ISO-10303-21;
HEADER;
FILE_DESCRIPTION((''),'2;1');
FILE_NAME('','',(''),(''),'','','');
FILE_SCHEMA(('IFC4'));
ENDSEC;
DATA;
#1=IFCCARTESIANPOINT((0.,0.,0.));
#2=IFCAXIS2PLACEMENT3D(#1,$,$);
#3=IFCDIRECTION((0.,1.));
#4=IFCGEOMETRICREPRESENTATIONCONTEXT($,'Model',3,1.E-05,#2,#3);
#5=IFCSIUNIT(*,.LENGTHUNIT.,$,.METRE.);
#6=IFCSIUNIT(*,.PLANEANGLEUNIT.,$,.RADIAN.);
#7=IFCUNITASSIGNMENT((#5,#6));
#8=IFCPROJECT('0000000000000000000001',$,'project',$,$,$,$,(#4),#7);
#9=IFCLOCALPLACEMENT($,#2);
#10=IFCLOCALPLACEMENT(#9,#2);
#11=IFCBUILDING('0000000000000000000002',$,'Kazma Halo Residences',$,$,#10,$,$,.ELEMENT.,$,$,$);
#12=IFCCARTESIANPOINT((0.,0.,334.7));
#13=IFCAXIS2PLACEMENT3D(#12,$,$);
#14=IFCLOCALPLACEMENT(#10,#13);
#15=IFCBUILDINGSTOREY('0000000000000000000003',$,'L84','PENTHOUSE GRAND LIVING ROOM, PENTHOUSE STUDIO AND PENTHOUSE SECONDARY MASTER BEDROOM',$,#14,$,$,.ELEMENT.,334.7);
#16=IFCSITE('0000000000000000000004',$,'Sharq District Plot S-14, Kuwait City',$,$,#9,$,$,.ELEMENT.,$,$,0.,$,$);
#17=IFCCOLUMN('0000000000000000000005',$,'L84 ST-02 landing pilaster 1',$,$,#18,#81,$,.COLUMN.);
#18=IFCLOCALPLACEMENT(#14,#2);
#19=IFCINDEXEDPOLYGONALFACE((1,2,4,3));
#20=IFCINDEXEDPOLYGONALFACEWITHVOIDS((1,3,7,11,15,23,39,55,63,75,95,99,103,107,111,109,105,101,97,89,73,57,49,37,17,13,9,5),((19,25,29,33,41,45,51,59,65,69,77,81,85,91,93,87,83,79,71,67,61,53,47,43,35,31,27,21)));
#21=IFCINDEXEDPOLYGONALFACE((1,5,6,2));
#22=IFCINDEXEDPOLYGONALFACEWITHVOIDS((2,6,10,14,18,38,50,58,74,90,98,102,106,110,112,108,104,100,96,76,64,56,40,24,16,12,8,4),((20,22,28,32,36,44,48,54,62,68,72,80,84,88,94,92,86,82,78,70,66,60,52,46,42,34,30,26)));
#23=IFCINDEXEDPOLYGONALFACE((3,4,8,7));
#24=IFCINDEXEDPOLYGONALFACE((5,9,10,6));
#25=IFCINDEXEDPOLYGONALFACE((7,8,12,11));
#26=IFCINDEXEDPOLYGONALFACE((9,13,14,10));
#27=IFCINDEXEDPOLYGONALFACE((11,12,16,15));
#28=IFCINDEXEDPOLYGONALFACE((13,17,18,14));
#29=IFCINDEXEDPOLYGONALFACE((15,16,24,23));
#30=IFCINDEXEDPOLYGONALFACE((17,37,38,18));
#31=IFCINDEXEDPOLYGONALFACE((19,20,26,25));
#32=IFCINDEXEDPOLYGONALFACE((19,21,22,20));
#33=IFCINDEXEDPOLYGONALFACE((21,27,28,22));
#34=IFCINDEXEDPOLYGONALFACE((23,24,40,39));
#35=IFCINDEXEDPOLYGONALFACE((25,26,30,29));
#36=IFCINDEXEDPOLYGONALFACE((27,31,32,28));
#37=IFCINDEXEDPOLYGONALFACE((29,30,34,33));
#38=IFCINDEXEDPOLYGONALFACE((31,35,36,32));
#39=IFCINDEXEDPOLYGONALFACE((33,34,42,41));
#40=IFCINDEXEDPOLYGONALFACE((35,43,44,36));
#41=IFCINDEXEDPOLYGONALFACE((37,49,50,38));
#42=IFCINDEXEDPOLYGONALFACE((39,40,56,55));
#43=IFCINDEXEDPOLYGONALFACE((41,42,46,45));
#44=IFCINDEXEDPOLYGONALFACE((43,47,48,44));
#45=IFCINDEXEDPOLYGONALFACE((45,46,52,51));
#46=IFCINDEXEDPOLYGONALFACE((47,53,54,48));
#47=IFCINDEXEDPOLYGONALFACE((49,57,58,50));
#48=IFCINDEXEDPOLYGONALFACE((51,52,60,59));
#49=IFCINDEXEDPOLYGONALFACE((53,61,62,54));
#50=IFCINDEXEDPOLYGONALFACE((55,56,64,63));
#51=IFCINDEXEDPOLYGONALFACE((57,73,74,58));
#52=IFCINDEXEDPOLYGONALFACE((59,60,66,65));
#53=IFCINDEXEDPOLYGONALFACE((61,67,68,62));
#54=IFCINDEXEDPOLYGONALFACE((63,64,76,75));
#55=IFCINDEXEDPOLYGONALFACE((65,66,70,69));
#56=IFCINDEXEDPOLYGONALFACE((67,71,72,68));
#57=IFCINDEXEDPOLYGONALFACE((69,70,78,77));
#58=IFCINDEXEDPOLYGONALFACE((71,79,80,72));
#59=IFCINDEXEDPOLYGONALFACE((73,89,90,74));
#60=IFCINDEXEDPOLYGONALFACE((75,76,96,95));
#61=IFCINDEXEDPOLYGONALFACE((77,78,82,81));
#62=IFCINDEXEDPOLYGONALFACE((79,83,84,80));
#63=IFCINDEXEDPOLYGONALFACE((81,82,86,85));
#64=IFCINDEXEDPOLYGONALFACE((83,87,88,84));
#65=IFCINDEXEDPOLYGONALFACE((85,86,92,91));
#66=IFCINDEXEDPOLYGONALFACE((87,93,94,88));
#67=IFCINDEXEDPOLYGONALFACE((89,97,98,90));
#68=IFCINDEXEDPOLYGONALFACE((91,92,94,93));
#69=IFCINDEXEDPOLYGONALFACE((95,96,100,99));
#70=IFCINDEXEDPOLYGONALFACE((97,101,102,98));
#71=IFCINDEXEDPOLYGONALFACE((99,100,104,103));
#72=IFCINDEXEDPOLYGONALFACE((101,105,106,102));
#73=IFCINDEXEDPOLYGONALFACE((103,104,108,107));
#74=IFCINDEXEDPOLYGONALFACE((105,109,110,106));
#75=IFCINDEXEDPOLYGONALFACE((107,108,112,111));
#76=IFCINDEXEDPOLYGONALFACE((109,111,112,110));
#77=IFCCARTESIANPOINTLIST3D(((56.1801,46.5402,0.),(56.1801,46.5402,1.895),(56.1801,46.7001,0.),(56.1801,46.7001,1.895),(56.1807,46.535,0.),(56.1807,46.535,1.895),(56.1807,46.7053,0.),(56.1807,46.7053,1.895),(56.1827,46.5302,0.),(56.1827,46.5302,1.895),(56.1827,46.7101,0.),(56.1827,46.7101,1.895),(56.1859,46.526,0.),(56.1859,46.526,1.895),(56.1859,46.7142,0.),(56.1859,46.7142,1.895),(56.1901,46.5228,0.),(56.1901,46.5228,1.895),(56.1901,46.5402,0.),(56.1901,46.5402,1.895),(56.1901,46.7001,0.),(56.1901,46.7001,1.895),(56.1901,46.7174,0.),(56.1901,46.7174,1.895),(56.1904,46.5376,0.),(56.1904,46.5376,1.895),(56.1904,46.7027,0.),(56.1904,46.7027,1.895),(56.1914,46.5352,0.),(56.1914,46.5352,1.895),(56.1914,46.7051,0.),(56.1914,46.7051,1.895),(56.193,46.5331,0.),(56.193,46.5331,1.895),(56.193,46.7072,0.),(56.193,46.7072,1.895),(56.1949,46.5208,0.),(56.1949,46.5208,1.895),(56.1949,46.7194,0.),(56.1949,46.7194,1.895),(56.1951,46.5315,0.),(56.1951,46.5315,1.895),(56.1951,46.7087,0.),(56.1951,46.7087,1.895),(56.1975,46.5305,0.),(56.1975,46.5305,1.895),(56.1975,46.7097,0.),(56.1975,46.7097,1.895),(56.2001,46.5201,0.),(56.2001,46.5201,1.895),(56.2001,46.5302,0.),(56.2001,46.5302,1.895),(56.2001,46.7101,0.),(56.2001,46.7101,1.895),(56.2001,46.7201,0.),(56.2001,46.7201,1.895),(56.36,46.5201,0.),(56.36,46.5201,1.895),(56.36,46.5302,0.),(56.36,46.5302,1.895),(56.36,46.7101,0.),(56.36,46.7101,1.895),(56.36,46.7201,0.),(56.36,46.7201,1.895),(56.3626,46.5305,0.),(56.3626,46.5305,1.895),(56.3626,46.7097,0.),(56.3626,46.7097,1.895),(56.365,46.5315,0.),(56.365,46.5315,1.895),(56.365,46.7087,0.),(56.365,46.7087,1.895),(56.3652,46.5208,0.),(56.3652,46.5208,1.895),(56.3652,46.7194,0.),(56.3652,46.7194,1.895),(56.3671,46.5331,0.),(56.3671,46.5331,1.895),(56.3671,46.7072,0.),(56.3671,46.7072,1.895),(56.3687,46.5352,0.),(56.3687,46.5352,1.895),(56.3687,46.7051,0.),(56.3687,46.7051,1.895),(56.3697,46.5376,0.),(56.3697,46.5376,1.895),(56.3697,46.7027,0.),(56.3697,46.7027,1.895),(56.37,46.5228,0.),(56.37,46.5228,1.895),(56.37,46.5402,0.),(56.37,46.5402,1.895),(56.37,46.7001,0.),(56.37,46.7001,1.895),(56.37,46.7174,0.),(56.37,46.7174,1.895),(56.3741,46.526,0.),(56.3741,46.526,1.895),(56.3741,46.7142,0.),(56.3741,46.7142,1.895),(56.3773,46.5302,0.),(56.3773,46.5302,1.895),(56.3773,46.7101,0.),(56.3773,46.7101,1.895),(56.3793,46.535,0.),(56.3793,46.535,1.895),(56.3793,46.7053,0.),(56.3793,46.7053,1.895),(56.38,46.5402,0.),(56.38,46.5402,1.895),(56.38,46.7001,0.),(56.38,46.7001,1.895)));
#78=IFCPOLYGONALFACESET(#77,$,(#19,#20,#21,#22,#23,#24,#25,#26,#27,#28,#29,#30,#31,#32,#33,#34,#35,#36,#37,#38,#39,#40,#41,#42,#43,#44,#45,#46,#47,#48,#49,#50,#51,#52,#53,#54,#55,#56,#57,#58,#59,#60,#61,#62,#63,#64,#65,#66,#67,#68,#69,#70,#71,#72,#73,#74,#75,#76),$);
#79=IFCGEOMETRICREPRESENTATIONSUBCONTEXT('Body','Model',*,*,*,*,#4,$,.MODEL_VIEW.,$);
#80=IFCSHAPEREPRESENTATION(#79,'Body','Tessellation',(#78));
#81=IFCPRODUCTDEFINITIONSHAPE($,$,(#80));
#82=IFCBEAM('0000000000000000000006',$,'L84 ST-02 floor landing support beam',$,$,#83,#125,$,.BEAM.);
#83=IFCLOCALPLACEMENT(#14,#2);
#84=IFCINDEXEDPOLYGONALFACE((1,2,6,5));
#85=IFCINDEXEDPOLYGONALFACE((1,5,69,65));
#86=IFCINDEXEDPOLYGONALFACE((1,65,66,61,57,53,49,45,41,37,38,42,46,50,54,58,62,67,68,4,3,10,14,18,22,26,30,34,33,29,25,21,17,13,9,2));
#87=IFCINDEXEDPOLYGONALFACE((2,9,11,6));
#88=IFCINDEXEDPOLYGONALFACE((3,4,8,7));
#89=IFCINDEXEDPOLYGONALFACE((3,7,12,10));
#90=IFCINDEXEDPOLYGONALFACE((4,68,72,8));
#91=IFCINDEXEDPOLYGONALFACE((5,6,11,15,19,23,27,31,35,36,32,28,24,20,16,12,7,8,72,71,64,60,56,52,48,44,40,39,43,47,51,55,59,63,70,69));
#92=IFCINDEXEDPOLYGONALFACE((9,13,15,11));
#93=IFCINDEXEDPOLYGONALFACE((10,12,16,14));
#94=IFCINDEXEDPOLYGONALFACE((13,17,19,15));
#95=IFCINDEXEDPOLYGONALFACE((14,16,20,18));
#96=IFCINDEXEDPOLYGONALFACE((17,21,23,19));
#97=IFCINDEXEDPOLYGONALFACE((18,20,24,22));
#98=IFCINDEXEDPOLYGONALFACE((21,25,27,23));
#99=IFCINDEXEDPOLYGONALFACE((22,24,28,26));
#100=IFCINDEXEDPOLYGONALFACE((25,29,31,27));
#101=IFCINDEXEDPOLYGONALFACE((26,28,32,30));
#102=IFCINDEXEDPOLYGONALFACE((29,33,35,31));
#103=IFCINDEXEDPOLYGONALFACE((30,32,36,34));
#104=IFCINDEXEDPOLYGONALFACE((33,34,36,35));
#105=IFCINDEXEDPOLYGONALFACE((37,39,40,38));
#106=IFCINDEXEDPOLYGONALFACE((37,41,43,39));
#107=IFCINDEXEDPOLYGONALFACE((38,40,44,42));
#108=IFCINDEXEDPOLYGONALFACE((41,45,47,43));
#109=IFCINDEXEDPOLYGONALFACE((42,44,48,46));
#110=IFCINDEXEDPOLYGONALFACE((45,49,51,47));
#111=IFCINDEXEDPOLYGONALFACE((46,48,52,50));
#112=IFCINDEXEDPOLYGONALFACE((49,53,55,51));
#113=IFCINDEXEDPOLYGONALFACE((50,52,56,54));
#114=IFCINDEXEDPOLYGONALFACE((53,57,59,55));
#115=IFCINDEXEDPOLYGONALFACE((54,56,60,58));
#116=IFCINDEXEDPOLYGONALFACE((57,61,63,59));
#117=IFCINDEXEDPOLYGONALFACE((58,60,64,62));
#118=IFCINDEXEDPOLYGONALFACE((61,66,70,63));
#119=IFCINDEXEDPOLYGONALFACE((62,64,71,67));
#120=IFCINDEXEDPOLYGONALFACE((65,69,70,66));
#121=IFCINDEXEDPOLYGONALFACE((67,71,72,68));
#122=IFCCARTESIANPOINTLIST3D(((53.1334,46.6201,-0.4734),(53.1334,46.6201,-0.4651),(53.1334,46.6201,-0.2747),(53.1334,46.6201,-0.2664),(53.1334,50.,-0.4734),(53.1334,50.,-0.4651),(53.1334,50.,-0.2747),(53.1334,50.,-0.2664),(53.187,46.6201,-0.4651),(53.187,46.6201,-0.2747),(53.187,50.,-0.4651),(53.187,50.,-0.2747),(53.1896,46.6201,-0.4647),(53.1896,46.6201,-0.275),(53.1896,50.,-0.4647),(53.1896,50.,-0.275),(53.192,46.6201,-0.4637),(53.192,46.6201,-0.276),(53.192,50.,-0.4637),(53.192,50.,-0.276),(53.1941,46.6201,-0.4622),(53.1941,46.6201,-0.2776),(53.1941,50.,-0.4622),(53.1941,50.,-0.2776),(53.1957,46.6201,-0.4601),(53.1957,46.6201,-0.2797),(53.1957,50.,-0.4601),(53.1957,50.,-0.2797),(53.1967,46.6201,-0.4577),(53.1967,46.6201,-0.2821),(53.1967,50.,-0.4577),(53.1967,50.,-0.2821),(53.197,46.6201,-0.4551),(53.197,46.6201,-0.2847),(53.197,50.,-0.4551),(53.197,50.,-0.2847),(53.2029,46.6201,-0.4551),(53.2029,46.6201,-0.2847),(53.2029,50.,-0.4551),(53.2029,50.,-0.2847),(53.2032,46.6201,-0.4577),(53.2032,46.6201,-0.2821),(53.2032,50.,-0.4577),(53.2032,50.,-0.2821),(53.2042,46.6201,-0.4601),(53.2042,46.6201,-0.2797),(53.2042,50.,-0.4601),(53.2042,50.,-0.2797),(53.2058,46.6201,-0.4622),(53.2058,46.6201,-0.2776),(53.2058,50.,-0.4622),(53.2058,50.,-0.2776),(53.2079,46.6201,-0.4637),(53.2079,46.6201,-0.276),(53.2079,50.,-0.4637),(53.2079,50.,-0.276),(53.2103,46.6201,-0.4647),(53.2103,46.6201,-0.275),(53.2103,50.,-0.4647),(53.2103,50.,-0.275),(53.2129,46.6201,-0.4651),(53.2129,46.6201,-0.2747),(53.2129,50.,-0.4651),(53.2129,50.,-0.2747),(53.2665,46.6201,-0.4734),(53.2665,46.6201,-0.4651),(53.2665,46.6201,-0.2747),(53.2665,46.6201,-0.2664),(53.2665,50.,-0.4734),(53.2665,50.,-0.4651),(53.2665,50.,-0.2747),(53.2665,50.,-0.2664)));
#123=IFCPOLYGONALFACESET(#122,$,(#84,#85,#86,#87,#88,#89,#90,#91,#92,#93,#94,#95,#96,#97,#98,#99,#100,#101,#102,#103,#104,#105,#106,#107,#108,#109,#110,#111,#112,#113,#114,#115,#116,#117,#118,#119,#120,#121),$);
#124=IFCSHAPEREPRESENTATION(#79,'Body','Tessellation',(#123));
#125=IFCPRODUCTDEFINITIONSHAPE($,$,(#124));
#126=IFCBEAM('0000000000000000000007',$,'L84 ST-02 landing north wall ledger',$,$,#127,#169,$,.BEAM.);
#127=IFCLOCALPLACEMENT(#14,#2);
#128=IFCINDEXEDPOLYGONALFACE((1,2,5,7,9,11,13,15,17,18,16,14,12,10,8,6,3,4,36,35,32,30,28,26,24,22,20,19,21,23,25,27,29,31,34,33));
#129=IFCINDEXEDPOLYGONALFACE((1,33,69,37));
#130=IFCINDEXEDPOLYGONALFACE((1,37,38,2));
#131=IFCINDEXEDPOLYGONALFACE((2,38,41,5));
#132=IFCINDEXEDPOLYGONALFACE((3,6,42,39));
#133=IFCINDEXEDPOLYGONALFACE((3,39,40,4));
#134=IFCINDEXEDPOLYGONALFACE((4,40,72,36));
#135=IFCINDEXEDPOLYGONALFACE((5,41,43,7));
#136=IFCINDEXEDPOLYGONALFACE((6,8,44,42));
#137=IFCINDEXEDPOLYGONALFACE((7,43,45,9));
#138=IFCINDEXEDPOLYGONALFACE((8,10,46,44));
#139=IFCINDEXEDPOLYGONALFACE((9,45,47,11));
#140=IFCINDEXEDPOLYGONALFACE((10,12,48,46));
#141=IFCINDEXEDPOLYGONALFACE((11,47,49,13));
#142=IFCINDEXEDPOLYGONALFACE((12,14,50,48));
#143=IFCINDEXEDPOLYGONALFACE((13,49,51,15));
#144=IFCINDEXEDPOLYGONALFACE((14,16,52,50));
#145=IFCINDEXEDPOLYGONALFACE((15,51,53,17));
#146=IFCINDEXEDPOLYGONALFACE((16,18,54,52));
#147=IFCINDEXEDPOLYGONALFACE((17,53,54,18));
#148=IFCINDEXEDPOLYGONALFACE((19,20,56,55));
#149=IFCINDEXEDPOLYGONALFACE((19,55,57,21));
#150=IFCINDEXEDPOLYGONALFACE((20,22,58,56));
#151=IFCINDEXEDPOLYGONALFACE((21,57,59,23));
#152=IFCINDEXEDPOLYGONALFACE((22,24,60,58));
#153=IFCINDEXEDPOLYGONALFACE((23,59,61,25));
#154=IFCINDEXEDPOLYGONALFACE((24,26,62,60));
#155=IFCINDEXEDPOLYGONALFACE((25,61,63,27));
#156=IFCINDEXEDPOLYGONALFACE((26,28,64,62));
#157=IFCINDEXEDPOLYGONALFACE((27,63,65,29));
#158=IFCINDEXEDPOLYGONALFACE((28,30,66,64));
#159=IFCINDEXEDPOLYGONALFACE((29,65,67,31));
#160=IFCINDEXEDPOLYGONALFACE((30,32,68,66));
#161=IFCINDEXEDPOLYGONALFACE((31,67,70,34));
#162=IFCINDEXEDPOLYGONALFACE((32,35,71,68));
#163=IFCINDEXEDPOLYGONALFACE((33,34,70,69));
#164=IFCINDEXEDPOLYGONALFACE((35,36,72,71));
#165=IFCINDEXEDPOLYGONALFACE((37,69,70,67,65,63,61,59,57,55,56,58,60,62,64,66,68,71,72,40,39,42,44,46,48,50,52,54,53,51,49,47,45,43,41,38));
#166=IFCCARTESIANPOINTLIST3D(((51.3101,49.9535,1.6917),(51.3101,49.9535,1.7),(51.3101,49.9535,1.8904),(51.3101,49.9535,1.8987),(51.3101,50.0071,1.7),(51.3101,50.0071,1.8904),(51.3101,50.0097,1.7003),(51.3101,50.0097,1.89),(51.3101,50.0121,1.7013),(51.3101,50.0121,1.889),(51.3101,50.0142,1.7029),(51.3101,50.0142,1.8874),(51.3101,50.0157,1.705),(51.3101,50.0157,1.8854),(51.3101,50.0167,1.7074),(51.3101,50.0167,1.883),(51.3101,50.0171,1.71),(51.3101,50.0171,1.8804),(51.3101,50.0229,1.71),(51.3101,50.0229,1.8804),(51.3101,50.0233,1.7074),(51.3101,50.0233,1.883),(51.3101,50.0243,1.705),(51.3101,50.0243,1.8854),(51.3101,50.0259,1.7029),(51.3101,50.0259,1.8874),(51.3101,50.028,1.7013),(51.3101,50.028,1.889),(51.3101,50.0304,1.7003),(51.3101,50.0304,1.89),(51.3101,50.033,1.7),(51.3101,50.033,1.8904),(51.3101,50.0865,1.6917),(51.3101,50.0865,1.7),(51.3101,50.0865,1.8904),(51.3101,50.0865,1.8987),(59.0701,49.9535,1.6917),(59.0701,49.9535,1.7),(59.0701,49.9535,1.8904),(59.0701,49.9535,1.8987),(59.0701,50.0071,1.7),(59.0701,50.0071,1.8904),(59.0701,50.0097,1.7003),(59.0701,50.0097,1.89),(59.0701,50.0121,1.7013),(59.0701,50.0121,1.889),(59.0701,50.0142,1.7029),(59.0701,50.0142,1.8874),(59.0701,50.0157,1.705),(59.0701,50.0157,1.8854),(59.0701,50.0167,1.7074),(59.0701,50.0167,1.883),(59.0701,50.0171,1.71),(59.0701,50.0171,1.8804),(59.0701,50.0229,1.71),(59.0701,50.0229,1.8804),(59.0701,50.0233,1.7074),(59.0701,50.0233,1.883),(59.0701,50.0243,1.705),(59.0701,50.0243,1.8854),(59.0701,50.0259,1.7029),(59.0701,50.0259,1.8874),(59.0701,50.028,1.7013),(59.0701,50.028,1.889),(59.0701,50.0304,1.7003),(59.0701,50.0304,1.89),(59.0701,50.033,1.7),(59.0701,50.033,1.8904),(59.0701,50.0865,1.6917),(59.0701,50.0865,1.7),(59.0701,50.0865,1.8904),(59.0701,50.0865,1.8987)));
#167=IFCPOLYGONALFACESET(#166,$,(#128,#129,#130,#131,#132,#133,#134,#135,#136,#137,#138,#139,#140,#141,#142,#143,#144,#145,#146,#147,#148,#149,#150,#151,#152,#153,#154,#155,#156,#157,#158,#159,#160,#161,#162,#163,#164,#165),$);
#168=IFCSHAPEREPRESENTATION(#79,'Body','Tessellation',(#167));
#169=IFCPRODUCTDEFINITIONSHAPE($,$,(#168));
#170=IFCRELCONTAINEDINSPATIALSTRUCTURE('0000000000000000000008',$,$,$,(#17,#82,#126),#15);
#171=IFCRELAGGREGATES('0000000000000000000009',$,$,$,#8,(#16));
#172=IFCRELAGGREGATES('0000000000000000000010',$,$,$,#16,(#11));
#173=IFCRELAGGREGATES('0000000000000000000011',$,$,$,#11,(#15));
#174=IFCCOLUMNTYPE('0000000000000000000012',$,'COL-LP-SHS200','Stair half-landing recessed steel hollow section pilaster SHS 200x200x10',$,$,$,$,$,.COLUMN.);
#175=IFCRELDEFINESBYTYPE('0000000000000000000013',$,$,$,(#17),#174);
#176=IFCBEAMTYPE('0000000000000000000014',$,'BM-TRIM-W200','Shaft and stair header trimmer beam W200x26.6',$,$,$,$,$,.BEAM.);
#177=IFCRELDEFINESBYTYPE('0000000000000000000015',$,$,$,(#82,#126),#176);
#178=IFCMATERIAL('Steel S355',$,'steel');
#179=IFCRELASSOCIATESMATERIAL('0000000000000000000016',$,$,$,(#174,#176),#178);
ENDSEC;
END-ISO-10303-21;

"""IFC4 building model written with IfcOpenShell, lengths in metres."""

from ifc_helpers import new_model, si_unit, direction, frame, origin, origin_2d, place, context, subcontext, project, spatial, hollow_rectangle, i_section, extrude, material, material_profile, profile_set, type_object, element, save


model = new_model("IFC4")

# Units and contexts
model_context = context("Model", 3, precision=1e-05, world=origin(), true_north=direction((0.0, 1.0)))
body_context = subcontext(model_context, "Body", "Model", "MODEL_VIEW")
ifc_project = project(units=[si_unit("LENGTHUNIT", "METRE"), si_unit("PLANEANGLEUNIT", "RADIAN")], contexts=[model_context])

# Site, building, storey
site_placement = place(None, origin())
site = spatial("IfcSite", under=ifc_project, at=site_placement, Name="Sharq District Plot S-14, Kuwait City", CompositionType="ELEMENT", RefElevation=0.0)
building_placement = place(site_placement, origin())
building = spatial("IfcBuilding", under=site, at=building_placement, Name="Kazma Halo Residences", CompositionType="ELEMENT")
storey_placement = place(building_placement, frame((0.0, 0.0, 334.7)))
storey = spatial("IfcBuildingStorey", under=building, at=storey_placement, Name="L84", Description="PENTHOUSE GRAND LIVING ROOM, PENTHOUSE STUDIO AND PENTHOUSE SECONDARY MASTER BEDROOM", CompositionType="ELEMENT", Elevation=334.7)

# Column
ifc_material_1 = material(Name="Steel S355", Category="steel")
ifc_material_profile_1 = material_profile(ifc_material_1, hollow_rectangle(XDim=0.2, YDim=0.2, WallThickness=0.01, InnerFilletRadius=0.01, OuterFilletRadius=0.02, at=origin_2d()), Name="SHS200x200x10")
ifc_profile_set_1 = profile_set([ifc_material_profile_1], Name="Steel S355")
column_type = type_object("IfcColumnType", Name="COL-LP-SHS200", Description="Stair half-landing recessed steel hollow section pilaster SHS 200x200x10", PredefinedType="COLUMN", material=ifc_profile_set_1)
column_placement = place(storey_placement, frame((56.28, 46.6201, 0.0), z_axis=(0.0, 0.0, 1.0), x_axis=(1.0, 0.0, 0.0)))
element("IfcColumn", 1, at=column_placement, inside=storey, type_object=column_type, Name="L84 ST-02 landing pilaster 1", PredefinedType="COLUMN", context=body_context, shape_type="SweptSolid", body=[
    extrude(hollow_rectangle(XDim=0.2, YDim=0.2, WallThickness=0.01, InnerFilletRadius=0.01, OuterFilletRadius=0.02, at=origin_2d()), origin(), (0.0, 0.0, 1.0), 1.895),
])

# Beams
ifc_material_profile_2 = material_profile(ifc_material_1, i_section(OverallWidth=0.1331, OverallDepth=0.207, WebThickness=0.0059, FlangeThickness=0.0083, FilletRadius=0.01, at=origin_2d()), Name="W200x26.6")
ifc_profile_set_2 = profile_set([ifc_material_profile_2], Name="Steel S355")
beam_type = type_object("IfcBeamType", Name="BM-TRIM-W200", Description="Shaft and stair header trimmer beam W200x26.6", PredefinedType="BEAM", material=ifc_profile_set_2)
beam_1_placement = place(storey_placement, frame((53.2, 46.6201, -0.3699), z_axis=(0.0, 1.0, 0.0), x_axis=(-1.0, 0.0, 0.0)))
element("IfcBeam", 2, at=beam_1_placement, inside=storey, type_object=beam_type, Name="L84 ST-02 floor landing support beam", PredefinedType="BEAM", context=body_context, shape_type="SweptSolid", body=[
    extrude(i_section(OverallWidth=0.1331, OverallDepth=0.207, WebThickness=0.0059, FlangeThickness=0.0083, FilletRadius=0.01, at=origin_2d()), origin(), (0.0, 0.0, 1.0), 3.3799),
])
beam_2_placement = place(storey_placement, frame((51.3101, 50.02, 1.7952), z_axis=(1.0, 0.0, 0.0), x_axis=(0.0, 1.0, 0.0)))
element("IfcBeam", 3, at=beam_2_placement, inside=storey, type_object=beam_type, Name="L84 ST-02 landing north wall ledger", PredefinedType="BEAM", context=body_context, shape_type="SweptSolid", body=[
    extrude(i_section(OverallWidth=0.1331, OverallDepth=0.207, WebThickness=0.0059, FlangeThickness=0.0083, FilletRadius=0.01, at=origin_2d()), origin(), (0.0, 0.0, 1.0), 7.76),
])

save(model, "model.ifc")
